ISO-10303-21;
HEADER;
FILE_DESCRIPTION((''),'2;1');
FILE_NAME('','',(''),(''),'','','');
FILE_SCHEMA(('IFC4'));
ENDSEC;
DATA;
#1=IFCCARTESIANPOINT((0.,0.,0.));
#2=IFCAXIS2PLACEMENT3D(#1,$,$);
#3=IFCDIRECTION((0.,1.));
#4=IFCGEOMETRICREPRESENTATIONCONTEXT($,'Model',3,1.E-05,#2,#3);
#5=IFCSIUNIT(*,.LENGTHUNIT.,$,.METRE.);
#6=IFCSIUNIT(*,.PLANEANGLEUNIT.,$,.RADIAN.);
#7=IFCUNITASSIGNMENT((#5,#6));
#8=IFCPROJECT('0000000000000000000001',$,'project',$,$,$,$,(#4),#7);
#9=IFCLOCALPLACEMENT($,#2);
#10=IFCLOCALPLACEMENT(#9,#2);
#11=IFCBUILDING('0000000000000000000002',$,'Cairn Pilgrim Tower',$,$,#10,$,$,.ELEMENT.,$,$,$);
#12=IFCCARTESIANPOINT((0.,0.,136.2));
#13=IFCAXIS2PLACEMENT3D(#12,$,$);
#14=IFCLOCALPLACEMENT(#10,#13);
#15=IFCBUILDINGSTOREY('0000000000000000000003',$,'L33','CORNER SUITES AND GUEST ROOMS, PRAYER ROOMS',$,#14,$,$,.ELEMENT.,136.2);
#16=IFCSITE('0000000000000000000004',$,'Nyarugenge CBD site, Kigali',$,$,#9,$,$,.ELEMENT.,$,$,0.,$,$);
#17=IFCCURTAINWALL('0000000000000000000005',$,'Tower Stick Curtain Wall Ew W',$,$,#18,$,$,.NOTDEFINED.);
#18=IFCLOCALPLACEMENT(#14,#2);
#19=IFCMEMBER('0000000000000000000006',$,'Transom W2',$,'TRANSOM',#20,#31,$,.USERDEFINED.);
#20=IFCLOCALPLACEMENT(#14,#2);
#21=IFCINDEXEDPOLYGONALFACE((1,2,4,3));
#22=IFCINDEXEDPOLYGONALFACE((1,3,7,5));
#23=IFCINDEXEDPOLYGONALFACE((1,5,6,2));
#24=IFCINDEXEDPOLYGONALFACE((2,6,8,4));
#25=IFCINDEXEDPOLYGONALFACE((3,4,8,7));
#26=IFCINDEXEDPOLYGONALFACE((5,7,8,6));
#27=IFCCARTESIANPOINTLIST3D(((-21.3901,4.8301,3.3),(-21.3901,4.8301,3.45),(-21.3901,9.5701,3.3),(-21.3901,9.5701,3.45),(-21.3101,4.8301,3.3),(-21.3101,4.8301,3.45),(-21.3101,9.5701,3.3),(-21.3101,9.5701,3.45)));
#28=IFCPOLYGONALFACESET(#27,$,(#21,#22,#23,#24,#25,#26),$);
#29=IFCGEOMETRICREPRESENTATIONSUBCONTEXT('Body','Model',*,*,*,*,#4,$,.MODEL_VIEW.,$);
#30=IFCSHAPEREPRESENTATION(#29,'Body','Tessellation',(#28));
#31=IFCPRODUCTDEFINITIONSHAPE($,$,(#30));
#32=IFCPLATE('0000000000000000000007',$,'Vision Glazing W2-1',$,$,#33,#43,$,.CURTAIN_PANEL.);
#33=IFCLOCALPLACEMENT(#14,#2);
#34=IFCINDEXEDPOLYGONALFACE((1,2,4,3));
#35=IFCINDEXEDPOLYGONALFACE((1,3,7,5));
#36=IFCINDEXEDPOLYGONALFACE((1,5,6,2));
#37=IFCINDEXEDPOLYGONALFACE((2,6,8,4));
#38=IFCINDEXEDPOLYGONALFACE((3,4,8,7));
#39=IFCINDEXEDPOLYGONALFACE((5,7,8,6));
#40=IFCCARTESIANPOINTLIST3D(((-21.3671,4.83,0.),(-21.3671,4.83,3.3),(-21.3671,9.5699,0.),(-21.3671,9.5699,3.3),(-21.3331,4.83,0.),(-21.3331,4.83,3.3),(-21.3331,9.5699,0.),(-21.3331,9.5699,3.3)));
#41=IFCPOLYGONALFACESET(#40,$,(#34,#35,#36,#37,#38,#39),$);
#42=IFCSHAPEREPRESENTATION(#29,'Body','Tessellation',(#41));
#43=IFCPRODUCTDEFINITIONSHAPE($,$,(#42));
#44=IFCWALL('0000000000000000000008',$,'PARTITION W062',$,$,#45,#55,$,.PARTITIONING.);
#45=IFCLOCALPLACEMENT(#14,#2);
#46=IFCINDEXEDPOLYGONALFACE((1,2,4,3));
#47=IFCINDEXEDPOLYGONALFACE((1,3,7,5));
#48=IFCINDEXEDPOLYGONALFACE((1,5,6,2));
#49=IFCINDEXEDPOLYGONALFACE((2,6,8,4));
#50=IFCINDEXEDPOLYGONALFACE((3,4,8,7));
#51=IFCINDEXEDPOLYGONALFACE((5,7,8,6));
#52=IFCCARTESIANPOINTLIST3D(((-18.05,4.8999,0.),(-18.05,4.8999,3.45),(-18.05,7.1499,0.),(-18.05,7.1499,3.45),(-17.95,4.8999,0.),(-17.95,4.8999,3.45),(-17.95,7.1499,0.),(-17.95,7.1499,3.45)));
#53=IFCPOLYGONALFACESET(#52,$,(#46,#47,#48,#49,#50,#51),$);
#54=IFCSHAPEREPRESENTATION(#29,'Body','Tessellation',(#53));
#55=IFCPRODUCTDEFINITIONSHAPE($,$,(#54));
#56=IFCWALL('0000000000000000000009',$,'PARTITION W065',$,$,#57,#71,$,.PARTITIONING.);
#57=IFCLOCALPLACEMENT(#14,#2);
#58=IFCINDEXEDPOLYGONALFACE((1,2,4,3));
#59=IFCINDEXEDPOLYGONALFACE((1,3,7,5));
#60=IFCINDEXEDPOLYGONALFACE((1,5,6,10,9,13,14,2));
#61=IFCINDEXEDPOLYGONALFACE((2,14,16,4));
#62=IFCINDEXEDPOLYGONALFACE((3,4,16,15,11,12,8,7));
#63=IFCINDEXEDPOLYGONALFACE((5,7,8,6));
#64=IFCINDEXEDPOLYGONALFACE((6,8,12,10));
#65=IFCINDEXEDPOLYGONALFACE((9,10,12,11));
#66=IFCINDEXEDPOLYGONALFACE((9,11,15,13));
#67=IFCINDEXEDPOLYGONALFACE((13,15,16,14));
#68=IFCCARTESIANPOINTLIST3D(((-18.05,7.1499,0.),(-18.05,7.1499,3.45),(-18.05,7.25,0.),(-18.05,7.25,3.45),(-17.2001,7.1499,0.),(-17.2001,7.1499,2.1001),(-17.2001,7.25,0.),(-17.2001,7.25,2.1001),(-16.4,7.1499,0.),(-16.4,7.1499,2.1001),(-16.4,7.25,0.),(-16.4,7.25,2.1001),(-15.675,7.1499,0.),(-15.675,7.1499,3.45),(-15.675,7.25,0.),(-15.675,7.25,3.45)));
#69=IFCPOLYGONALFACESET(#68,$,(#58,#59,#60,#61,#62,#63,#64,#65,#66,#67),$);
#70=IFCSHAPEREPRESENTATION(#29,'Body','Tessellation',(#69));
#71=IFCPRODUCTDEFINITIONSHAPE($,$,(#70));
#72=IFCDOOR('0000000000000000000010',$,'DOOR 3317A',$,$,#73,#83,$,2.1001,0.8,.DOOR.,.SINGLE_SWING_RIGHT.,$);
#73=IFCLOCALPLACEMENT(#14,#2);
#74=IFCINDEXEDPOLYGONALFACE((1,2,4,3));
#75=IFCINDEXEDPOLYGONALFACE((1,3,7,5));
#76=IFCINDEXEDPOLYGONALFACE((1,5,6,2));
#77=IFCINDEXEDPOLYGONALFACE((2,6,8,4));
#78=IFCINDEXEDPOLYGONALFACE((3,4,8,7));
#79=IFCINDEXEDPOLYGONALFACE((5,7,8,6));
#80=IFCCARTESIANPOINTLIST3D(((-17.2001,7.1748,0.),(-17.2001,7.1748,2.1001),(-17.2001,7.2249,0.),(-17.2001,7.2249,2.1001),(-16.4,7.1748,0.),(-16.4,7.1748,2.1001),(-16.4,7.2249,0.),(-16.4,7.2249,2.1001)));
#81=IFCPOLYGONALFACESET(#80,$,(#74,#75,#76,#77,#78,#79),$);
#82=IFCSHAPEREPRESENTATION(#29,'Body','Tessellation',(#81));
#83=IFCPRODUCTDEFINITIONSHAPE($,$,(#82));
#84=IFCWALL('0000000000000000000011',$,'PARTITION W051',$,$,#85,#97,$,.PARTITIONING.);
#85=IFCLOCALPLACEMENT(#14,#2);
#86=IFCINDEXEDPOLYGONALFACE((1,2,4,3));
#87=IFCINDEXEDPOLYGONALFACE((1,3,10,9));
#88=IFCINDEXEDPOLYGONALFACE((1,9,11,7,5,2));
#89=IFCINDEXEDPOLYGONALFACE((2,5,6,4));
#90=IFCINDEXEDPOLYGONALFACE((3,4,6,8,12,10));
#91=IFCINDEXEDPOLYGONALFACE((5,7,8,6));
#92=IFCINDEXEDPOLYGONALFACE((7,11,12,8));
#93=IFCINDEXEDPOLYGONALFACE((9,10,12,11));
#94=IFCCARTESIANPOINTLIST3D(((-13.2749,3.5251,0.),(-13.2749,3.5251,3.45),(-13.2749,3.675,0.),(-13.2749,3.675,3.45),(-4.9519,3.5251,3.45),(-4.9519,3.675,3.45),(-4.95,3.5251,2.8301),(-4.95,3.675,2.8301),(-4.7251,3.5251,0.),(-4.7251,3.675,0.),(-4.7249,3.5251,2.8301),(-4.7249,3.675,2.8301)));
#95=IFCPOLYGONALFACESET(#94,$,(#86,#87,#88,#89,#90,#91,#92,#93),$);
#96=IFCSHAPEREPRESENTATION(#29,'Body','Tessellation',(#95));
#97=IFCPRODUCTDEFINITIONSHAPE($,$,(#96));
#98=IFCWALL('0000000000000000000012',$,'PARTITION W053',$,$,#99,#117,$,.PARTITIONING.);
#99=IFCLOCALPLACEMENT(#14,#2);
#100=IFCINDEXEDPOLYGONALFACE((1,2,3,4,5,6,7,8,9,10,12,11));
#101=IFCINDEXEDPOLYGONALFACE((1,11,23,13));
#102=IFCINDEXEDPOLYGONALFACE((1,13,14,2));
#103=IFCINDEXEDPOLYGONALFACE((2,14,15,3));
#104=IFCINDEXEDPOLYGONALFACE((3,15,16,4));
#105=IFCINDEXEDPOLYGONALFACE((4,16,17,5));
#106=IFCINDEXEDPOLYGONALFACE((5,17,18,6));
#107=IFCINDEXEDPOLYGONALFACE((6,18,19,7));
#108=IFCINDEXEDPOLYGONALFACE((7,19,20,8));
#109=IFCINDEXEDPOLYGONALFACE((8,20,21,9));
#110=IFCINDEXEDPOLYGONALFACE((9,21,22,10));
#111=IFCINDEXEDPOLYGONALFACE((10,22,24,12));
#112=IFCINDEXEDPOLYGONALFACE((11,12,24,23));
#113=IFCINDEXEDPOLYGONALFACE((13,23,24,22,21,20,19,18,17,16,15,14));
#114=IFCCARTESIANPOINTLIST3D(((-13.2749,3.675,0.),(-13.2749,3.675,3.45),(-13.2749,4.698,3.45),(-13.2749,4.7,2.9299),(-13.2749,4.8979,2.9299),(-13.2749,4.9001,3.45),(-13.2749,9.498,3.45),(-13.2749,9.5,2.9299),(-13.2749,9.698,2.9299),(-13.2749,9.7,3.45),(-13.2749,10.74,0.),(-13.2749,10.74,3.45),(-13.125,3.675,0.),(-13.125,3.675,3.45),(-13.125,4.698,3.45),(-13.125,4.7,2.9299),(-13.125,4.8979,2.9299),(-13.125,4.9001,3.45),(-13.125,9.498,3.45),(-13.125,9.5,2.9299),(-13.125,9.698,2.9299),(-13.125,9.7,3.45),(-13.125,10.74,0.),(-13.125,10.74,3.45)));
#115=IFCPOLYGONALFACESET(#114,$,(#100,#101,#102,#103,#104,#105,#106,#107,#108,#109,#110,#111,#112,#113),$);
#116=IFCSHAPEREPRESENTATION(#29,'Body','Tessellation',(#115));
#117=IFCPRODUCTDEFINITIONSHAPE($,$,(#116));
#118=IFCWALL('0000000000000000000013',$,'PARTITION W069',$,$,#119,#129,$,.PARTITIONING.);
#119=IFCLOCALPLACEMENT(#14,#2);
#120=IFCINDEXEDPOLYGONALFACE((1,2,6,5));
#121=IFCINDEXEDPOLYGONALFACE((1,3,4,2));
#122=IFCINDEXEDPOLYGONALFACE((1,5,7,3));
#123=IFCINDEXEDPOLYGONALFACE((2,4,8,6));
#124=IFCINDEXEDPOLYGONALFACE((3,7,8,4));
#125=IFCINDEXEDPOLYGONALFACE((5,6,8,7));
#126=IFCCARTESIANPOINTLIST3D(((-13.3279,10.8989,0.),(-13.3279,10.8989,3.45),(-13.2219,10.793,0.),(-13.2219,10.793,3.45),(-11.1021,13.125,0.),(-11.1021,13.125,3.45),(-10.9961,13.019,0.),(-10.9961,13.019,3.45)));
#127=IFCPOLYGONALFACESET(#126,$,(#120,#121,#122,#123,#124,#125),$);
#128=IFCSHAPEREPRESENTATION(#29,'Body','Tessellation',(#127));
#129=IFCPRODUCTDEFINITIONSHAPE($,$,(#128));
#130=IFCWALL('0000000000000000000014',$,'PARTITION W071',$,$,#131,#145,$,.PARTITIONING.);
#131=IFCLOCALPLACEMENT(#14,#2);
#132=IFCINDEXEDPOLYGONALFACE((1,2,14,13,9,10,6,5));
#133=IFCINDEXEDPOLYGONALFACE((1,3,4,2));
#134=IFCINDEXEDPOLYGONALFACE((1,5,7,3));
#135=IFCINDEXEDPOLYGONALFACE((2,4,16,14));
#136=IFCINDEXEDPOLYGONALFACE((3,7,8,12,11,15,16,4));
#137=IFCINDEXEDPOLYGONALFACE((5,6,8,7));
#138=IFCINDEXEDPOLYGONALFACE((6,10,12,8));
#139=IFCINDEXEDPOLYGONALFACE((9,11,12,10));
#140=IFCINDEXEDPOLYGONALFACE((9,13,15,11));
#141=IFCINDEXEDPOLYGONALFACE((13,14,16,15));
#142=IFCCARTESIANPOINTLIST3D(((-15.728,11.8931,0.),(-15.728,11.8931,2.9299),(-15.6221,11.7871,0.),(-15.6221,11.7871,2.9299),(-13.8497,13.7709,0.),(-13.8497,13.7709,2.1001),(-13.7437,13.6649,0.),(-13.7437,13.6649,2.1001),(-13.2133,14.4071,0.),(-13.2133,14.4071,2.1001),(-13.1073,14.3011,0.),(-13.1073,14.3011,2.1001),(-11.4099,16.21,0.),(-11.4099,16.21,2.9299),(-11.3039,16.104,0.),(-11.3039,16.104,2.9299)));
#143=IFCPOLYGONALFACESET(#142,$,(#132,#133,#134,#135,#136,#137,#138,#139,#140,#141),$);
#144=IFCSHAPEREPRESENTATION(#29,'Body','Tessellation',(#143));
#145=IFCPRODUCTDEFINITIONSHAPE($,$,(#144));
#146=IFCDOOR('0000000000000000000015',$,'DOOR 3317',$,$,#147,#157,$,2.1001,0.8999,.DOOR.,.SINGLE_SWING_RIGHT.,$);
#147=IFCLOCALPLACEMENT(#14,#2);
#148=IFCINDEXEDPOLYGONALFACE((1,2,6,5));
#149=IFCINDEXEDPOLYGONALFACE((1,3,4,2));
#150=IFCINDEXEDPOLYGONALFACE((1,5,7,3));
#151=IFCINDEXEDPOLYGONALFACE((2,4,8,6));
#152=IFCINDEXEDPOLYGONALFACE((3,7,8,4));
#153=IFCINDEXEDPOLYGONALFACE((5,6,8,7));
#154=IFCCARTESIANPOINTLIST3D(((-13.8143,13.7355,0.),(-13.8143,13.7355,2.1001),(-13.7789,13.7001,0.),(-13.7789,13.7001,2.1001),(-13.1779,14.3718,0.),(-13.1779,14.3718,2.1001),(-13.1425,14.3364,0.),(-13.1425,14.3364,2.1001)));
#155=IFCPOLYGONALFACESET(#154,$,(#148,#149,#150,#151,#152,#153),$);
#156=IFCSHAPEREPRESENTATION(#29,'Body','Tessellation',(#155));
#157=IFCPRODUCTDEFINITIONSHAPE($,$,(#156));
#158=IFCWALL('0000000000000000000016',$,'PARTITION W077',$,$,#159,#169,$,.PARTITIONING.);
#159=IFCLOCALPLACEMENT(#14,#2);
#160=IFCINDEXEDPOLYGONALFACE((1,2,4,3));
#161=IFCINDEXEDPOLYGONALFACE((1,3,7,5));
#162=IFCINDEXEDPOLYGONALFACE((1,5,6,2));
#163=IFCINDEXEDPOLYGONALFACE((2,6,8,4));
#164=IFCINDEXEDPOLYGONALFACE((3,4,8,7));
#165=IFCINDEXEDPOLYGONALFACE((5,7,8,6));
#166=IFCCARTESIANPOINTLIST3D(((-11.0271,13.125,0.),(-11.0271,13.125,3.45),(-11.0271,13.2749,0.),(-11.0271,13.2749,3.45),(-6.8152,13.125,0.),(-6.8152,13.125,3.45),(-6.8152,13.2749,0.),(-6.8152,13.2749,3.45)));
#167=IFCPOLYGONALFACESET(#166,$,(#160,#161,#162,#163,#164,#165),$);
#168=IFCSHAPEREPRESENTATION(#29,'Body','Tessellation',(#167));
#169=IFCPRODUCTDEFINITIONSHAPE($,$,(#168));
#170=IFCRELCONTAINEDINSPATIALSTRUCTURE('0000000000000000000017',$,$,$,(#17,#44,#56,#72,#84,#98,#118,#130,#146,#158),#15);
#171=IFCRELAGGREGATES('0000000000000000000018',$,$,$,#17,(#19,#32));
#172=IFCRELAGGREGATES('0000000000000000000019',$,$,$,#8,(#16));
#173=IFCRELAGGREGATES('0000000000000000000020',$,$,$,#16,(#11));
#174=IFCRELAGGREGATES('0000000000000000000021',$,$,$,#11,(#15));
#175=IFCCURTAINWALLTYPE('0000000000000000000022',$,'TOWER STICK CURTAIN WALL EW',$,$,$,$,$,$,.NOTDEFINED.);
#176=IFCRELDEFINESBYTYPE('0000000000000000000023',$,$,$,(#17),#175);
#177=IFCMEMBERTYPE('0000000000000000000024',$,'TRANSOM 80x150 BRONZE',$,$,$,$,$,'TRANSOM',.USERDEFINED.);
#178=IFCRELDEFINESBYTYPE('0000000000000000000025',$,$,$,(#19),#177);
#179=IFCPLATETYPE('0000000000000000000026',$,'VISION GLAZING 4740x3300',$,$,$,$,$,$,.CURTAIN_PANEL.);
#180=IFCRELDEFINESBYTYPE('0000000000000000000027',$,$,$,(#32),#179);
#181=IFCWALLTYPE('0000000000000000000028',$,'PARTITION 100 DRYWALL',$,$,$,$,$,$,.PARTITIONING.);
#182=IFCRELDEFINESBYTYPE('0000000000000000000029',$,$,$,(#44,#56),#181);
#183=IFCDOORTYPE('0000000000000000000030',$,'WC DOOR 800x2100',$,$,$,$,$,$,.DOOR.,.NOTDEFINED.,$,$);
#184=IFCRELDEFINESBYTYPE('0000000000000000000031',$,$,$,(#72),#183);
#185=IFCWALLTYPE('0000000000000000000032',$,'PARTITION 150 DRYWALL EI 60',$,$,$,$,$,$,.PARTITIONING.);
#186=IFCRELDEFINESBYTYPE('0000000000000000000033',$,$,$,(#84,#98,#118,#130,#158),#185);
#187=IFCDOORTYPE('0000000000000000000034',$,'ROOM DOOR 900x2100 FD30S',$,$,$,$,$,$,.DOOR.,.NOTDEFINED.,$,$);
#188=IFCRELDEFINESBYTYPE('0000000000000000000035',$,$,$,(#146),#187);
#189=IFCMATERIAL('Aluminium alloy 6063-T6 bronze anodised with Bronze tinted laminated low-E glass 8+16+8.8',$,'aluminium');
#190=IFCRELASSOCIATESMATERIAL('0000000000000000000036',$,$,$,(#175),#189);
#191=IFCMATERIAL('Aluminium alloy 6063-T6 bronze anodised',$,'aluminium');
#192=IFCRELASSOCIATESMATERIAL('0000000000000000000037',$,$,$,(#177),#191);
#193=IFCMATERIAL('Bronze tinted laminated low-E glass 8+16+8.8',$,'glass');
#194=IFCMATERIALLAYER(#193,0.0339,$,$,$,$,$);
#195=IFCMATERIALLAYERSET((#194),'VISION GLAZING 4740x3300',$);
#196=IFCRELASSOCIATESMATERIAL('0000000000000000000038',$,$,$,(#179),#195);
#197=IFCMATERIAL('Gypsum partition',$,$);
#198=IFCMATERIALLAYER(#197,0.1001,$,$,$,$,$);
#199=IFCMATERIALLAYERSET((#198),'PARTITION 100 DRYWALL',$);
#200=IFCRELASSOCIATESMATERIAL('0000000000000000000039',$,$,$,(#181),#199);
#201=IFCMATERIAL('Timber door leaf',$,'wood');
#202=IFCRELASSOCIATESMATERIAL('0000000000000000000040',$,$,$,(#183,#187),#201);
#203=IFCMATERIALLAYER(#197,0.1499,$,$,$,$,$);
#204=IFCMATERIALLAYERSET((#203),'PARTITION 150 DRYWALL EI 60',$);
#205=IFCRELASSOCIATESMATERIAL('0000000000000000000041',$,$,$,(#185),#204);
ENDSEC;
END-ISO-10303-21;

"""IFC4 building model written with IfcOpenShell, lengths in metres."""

from ifc_helpers import new_model, si_unit, direction, frame, frame_2d, origin, origin_2d, place, context, subcontext, project, spatial, polyline, rectangle, outline, extrude, material, layer, layer_set, material_profile, profile_set, type_object, element, fill, aggregate, save


model = new_model("IFC4")

# Units and contexts
model_context = context("Model", 3, precision=1e-05, world=origin(), true_north=direction((0.0, 1.0)))
body_context = subcontext(model_context, "Body", "Model", "MODEL_VIEW")
ifc_project = project(units=[si_unit("LENGTHUNIT", "METRE"), si_unit("PLANEANGLEUNIT", "RADIAN")], contexts=[model_context])

# Site, building, storey
site_placement = place(None, origin())
site = spatial("IfcSite", under=ifc_project, at=site_placement, Name="Nyarugenge CBD site, Kigali", CompositionType="ELEMENT", RefElevation=0.0)
building_placement = place(site_placement, origin())
building = spatial("IfcBuilding", under=site, at=building_placement, Name="Cairn Pilgrim Tower", CompositionType="ELEMENT")
storey_placement = place(building_placement, frame((0.0, 0.0, 136.2)))
storey = spatial("IfcBuildingStorey", under=building, at=storey_placement, Name="L33", Description="CORNER SUITES AND GUEST ROOMS, PRAYER ROOMS", CompositionType="ELEMENT", Elevation=136.2)

# Curtain wall
ifc_material_1 = material(Name="Aluminium alloy 6063-T6 bronze anodised with Bronze tinted laminated low-E glass 8+16+8.8", Category="aluminium")
curtain_wall_type = type_object("IfcCurtainWallType", Name="TOWER STICK CURTAIN WALL EW", PredefinedType="NOTDEFINED", material=ifc_material_1)
curtain_wall_placement = place(storey_placement, origin())
curtain_wall = element("IfcCurtainWall", 1, at=curtain_wall_placement, inside=storey, type_object=curtain_wall_type, Name="Tower Stick Curtain Wall Ew W", PredefinedType="NOTDEFINED")
ifc_material_2 = material(Name="Aluminium alloy 6063-T6 bronze anodised", Category="aluminium")

# Member
ifc_material_profile_1 = material_profile(ifc_material_2, rectangle(XDim=0.0801, YDim=0.1499, at=origin_2d()), Name="TRANSOM 80x150 BRONZE")
ifc_profile_set_1 = profile_set([ifc_material_profile_1], Name="Aluminium alloy 6063-T6 bronze anodised")
member_type_1 = type_object("IfcMemberType", Name="TRANSOM 80x150 BRONZE", ElementType="TRANSOM", PredefinedType="USERDEFINED", material=ifc_profile_set_1)
member_1_placement = place(storey_placement, frame((-21.3501, 9.5701, 3.375), z_axis=(0.0, -1.0, 0.0), x_axis=(1.0, 0.0, 0.0)))
member_1 = element("IfcMember", 2, at=member_1_placement, type_object=member_type_1, Name="Transom W2", ObjectType="TRANSOM", PredefinedType="USERDEFINED", context=body_context, shape_type="SweptSolid", body=[
    extrude(rectangle(XDim=0.0801, YDim=0.1499, at=origin_2d()), origin(), (0.0, 0.0, 1.0), 4.74),
])

# Plate
ifc_material_3 = material(Name="Bronze tinted laminated low-E glass 8+16+8.8", Category="glass")
ifc_layer_1 = layer(ifc_material_3, 0.0339)
ifc_layer_set_1 = layer_set([ifc_layer_1], Name="VISION GLAZING 4740x3300")
plate_type = type_object("IfcPlateType", Name="VISION GLAZING 4740x3300", PredefinedType="CURTAIN_PANEL", material=ifc_layer_set_1)
plate_placement = place(storey_placement, frame((-21.3501, 7.2, 0.0), z_axis=(0.0, 0.0, 1.0), x_axis=(0.0, -1.0, 0.0)))
plate = element("IfcPlate", 3, at=plate_placement, type_object=plate_type, Name="Vision Glazing W2-1", PredefinedType="CURTAIN_PANEL", context=body_context, shape_type="SweptSolid", body=[
    extrude(rectangle(XDim=4.74, YDim=0.0339, at=origin_2d()), origin(), (0.0, 0.0, 1.0), 3.3),
])
aggregate(curtain_wall, [member_1, plate])

# Wall
ifc_material_4 = material(Name="Gypsum partition")
ifc_layer_2 = layer(ifc_material_4, 0.1001)
ifc_layer_set_2 = layer_set([ifc_layer_2], Name="PARTITION 100 DRYWALL")
wall_type_1 = type_object("IfcWallType", Name="PARTITION 100 DRYWALL", PredefinedType="PARTITIONING", material=ifc_layer_set_2)
wall_1_placement = place(storey_placement, frame((-18.0, 4.8999, 0.0), z_axis=(0.0, 0.0, 1.0), x_axis=(0.0, 1.0, 0.0)))
element("IfcWall", 4, at=wall_1_placement, inside=storey, type_object=wall_type_1, Name="PARTITION W062", PredefinedType="PARTITIONING", context=body_context, shape_type="SweptSolid", body=[
    extrude(rectangle(XDim=2.25, YDim=0.1001, at=frame_2d((1.125, 0.0))), origin(), (0.0, 0.0, 1.0), 3.45),
])

# Wall, opening, door
wall_2_placement = place(storey_placement, frame((-18.05, 7.2, 0.0), z_axis=(0.0, 0.0, 1.0), x_axis=(1.0, 0.0, 0.0)))
wall_2 = element("IfcWall", 5, at=wall_2_placement, inside=storey, type_object=wall_type_1, Name="PARTITION W065", PredefinedType="PARTITIONING", context=body_context, shape_type="SweptSolid", body=[
    extrude(rectangle(XDim=2.375, YDim=0.1001, at=frame_2d((1.1875, 0.0))), origin(), (0.0, 0.0, 1.0), 3.45),
])
opening_1_placement = place(wall_2_placement, frame((0.8501, 0.0, 0.0)))
opening_1 = element("IfcOpeningElement", 6, at=opening_1_placement, cuts=wall_2, PredefinedType="OPENING", context=body_context, shape_type="SweptSolid", body=[
    extrude(rectangle(XDim=0.8, YDim=2.1001, at=frame_2d((0.3999, 1.05))), frame((0.0, 0.0601, 0.0), z_axis=(0.0, -1.0, 0.0), x_axis=(1.0, 0.0, 0.0)), (0.0, 0.0, 1.0), 0.1201),
])
ifc_material_5 = material(Name="Timber door leaf", Category="wood")
door_type_1 = type_object("IfcDoorType", Name="WC DOOR 800x2100", OperationType="NOTDEFINED", PredefinedType="DOOR", material=ifc_material_5)
door_1_placement = place(opening_1_placement, origin())
door_1 = element("IfcDoor", 7, at=door_1_placement, inside=storey, type_object=door_type_1, Name="DOOR 3317A", OperationType="SINGLE_SWING_RIGHT", OverallHeight=2.1001, OverallWidth=0.8, PredefinedType="DOOR", context=body_context, shape_type="SweptSolid", body=[
    extrude(rectangle(XDim=0.8, YDim=2.1001, at=frame_2d((0.3999, 1.05))), frame((0.0, 0.0249, 0.0), z_axis=(0.0, -1.0, 0.0), x_axis=(1.0, 0.0, 0.0)), (0.0, 0.0, 1.0), 0.05),
])
fill(opening_1, door_1)

# Walls
ifc_layer_3 = layer(ifc_material_4, 0.1499)
ifc_layer_set_3 = layer_set([ifc_layer_3], Name="PARTITION 150 DRYWALL EI 60")
wall_type_2 = type_object("IfcWallType", Name="PARTITION 150 DRYWALL EI 60", PredefinedType="PARTITIONING", material=ifc_layer_set_3)
wall_3_placement = place(storey_placement, frame((-13.2749, 3.6001, 0.0), z_axis=(0.0, 0.0, 1.0), x_axis=(1.0, 0.0, 0.0)))
element("IfcWall", 8, at=wall_3_placement, inside=storey, type_object=wall_type_2, Name="PARTITION W051", PredefinedType="PARTITIONING", context=body_context, shape_type="SweptSolid", body=[
    extrude(outline(polyline([(0.0, 0.0), (8.5498, 0.0), (8.55, 2.8301), (8.325, 2.8301), (8.323, 3.45), (0.0, 3.45), (0.0, 0.0)])), frame((0.0, 0.075, 0.0), z_axis=(0.0, -1.0, 0.0), x_axis=(1.0, 0.0, 0.0)), (0.0, 0.0, 1.0), 0.1499),
])
wall_4_placement = place(storey_placement, frame((-13.2, 3.675, 0.0), z_axis=(0.0, 0.0, 1.0), x_axis=(0.0, 1.0, 0.0)))
element("IfcWall", 9, at=wall_4_placement, inside=storey, type_object=wall_type_2, Name="PARTITION W053", PredefinedType="PARTITIONING", context=body_context, shape_type="SweptSolid", body=[
    extrude(outline(polyline([(0.0, 0.0), (7.0649, 0.0), (7.0649, 3.45), (6.0249, 3.45), (6.0229, 2.9299), (5.825, 2.9299), (5.823, 3.45), (1.2251, 3.45), (1.2229, 2.9299), (1.0249, 2.9299), (1.0229, 3.45), (0.0, 3.45), (0.0, 0.0)])), frame((0.0, 0.075, 0.0), z_axis=(0.0, -1.0, 0.0), x_axis=(1.0, 0.0, 0.0)), (0.0, 0.0, 1.0), 0.1499),
])
wall_5_placement = place(storey_placement, frame((-13.2749, 10.8459, 0.0), z_axis=(0.0, 0.0, 1.0), x_axis=(0.707068, 0.707146, 0.0)))
element("IfcWall", 10, at=wall_5_placement, inside=storey, type_object=wall_type_2, Name="PARTITION W069", PredefinedType="PARTITIONING", context=body_context, shape_type="SweptSolid", body=[
    extrude(rectangle(XDim=3.1479, YDim=0.1499, at=frame_2d((1.574, 0.0))), origin(), (0.0, 0.0, 1.0), 3.45),
])

# Wall, opening, door
wall_6_placement = place(storey_placement, frame((-15.675, 11.8401, 0.0), z_axis=(0.0, 0.0, 1.0), x_axis=(0.707207, 0.707007, 0.0)))
wall_6 = element("IfcWall", 11, at=wall_6_placement, inside=storey, type_object=wall_type_2, Name="PARTITION W071", PredefinedType="PARTITIONING", context=body_context, shape_type="SweptSolid", body=[
    extrude(rectangle(XDim=6.106, YDim=0.1499, at=frame_2d((3.053, 0.0))), origin(), (0.0, 0.0, 1.0), 2.9299),
])
opening_2_placement = place(wall_6_placement, frame((2.656, 0.0, 0.0)))
opening_2 = element("IfcOpeningElement", 12, at=opening_2_placement, cuts=wall_6, PredefinedType="OPENING", context=body_context, shape_type="SweptSolid", body=[
    extrude(rectangle(XDim=0.8999, YDim=2.1001, at=frame_2d((0.45, 1.05))), frame((0.0, 0.085, 0.0), z_axis=(0.0, -1.0, 0.0), x_axis=(1.0, 0.0, 0.0)), (0.0, 0.0, 1.0), 0.1699),
])
door_type_2 = type_object("IfcDoorType", Name="ROOM DOOR 900x2100 FD30S", OperationType="NOTDEFINED", PredefinedType="DOOR", material=ifc_material_5)
door_2_placement = place(opening_2_placement, origin())
door_2 = element("IfcDoor", 13, at=door_2_placement, inside=storey, type_object=door_type_2, Name="DOOR 3317", OperationType="SINGLE_SWING_RIGHT", OverallHeight=2.1001, OverallWidth=0.8999, PredefinedType="DOOR", context=body_context, shape_type="SweptSolid", body=[
    extrude(rectangle(XDim=0.8999, YDim=2.1001, at=frame_2d((0.45, 1.05))), frame((0.0, 0.0249, 0.0), z_axis=(0.0, -1.0, 0.0), x_axis=(1.0, 0.0, 0.0)), (0.0, 0.0, 1.0), 0.05),
])
fill(opening_2, door_2)

# Wall
wall_7_placement = place(storey_placement, frame((-11.0271, 13.2, 0.0), z_axis=(0.0, 0.0, 1.0), x_axis=(1.0, 0.0, 0.0)))
element("IfcWall", 14, at=wall_7_placement, inside=storey, type_object=wall_type_2, Name="PARTITION W077", PredefinedType="PARTITIONING", context=body_context, shape_type="SweptSolid", body=[
    extrude(rectangle(XDim=4.2119, YDim=0.1499, at=frame_2d((2.106, 0.0))), origin(), (0.0, 0.0, 1.0), 3.45),
])

save(model, "model.ifc")
